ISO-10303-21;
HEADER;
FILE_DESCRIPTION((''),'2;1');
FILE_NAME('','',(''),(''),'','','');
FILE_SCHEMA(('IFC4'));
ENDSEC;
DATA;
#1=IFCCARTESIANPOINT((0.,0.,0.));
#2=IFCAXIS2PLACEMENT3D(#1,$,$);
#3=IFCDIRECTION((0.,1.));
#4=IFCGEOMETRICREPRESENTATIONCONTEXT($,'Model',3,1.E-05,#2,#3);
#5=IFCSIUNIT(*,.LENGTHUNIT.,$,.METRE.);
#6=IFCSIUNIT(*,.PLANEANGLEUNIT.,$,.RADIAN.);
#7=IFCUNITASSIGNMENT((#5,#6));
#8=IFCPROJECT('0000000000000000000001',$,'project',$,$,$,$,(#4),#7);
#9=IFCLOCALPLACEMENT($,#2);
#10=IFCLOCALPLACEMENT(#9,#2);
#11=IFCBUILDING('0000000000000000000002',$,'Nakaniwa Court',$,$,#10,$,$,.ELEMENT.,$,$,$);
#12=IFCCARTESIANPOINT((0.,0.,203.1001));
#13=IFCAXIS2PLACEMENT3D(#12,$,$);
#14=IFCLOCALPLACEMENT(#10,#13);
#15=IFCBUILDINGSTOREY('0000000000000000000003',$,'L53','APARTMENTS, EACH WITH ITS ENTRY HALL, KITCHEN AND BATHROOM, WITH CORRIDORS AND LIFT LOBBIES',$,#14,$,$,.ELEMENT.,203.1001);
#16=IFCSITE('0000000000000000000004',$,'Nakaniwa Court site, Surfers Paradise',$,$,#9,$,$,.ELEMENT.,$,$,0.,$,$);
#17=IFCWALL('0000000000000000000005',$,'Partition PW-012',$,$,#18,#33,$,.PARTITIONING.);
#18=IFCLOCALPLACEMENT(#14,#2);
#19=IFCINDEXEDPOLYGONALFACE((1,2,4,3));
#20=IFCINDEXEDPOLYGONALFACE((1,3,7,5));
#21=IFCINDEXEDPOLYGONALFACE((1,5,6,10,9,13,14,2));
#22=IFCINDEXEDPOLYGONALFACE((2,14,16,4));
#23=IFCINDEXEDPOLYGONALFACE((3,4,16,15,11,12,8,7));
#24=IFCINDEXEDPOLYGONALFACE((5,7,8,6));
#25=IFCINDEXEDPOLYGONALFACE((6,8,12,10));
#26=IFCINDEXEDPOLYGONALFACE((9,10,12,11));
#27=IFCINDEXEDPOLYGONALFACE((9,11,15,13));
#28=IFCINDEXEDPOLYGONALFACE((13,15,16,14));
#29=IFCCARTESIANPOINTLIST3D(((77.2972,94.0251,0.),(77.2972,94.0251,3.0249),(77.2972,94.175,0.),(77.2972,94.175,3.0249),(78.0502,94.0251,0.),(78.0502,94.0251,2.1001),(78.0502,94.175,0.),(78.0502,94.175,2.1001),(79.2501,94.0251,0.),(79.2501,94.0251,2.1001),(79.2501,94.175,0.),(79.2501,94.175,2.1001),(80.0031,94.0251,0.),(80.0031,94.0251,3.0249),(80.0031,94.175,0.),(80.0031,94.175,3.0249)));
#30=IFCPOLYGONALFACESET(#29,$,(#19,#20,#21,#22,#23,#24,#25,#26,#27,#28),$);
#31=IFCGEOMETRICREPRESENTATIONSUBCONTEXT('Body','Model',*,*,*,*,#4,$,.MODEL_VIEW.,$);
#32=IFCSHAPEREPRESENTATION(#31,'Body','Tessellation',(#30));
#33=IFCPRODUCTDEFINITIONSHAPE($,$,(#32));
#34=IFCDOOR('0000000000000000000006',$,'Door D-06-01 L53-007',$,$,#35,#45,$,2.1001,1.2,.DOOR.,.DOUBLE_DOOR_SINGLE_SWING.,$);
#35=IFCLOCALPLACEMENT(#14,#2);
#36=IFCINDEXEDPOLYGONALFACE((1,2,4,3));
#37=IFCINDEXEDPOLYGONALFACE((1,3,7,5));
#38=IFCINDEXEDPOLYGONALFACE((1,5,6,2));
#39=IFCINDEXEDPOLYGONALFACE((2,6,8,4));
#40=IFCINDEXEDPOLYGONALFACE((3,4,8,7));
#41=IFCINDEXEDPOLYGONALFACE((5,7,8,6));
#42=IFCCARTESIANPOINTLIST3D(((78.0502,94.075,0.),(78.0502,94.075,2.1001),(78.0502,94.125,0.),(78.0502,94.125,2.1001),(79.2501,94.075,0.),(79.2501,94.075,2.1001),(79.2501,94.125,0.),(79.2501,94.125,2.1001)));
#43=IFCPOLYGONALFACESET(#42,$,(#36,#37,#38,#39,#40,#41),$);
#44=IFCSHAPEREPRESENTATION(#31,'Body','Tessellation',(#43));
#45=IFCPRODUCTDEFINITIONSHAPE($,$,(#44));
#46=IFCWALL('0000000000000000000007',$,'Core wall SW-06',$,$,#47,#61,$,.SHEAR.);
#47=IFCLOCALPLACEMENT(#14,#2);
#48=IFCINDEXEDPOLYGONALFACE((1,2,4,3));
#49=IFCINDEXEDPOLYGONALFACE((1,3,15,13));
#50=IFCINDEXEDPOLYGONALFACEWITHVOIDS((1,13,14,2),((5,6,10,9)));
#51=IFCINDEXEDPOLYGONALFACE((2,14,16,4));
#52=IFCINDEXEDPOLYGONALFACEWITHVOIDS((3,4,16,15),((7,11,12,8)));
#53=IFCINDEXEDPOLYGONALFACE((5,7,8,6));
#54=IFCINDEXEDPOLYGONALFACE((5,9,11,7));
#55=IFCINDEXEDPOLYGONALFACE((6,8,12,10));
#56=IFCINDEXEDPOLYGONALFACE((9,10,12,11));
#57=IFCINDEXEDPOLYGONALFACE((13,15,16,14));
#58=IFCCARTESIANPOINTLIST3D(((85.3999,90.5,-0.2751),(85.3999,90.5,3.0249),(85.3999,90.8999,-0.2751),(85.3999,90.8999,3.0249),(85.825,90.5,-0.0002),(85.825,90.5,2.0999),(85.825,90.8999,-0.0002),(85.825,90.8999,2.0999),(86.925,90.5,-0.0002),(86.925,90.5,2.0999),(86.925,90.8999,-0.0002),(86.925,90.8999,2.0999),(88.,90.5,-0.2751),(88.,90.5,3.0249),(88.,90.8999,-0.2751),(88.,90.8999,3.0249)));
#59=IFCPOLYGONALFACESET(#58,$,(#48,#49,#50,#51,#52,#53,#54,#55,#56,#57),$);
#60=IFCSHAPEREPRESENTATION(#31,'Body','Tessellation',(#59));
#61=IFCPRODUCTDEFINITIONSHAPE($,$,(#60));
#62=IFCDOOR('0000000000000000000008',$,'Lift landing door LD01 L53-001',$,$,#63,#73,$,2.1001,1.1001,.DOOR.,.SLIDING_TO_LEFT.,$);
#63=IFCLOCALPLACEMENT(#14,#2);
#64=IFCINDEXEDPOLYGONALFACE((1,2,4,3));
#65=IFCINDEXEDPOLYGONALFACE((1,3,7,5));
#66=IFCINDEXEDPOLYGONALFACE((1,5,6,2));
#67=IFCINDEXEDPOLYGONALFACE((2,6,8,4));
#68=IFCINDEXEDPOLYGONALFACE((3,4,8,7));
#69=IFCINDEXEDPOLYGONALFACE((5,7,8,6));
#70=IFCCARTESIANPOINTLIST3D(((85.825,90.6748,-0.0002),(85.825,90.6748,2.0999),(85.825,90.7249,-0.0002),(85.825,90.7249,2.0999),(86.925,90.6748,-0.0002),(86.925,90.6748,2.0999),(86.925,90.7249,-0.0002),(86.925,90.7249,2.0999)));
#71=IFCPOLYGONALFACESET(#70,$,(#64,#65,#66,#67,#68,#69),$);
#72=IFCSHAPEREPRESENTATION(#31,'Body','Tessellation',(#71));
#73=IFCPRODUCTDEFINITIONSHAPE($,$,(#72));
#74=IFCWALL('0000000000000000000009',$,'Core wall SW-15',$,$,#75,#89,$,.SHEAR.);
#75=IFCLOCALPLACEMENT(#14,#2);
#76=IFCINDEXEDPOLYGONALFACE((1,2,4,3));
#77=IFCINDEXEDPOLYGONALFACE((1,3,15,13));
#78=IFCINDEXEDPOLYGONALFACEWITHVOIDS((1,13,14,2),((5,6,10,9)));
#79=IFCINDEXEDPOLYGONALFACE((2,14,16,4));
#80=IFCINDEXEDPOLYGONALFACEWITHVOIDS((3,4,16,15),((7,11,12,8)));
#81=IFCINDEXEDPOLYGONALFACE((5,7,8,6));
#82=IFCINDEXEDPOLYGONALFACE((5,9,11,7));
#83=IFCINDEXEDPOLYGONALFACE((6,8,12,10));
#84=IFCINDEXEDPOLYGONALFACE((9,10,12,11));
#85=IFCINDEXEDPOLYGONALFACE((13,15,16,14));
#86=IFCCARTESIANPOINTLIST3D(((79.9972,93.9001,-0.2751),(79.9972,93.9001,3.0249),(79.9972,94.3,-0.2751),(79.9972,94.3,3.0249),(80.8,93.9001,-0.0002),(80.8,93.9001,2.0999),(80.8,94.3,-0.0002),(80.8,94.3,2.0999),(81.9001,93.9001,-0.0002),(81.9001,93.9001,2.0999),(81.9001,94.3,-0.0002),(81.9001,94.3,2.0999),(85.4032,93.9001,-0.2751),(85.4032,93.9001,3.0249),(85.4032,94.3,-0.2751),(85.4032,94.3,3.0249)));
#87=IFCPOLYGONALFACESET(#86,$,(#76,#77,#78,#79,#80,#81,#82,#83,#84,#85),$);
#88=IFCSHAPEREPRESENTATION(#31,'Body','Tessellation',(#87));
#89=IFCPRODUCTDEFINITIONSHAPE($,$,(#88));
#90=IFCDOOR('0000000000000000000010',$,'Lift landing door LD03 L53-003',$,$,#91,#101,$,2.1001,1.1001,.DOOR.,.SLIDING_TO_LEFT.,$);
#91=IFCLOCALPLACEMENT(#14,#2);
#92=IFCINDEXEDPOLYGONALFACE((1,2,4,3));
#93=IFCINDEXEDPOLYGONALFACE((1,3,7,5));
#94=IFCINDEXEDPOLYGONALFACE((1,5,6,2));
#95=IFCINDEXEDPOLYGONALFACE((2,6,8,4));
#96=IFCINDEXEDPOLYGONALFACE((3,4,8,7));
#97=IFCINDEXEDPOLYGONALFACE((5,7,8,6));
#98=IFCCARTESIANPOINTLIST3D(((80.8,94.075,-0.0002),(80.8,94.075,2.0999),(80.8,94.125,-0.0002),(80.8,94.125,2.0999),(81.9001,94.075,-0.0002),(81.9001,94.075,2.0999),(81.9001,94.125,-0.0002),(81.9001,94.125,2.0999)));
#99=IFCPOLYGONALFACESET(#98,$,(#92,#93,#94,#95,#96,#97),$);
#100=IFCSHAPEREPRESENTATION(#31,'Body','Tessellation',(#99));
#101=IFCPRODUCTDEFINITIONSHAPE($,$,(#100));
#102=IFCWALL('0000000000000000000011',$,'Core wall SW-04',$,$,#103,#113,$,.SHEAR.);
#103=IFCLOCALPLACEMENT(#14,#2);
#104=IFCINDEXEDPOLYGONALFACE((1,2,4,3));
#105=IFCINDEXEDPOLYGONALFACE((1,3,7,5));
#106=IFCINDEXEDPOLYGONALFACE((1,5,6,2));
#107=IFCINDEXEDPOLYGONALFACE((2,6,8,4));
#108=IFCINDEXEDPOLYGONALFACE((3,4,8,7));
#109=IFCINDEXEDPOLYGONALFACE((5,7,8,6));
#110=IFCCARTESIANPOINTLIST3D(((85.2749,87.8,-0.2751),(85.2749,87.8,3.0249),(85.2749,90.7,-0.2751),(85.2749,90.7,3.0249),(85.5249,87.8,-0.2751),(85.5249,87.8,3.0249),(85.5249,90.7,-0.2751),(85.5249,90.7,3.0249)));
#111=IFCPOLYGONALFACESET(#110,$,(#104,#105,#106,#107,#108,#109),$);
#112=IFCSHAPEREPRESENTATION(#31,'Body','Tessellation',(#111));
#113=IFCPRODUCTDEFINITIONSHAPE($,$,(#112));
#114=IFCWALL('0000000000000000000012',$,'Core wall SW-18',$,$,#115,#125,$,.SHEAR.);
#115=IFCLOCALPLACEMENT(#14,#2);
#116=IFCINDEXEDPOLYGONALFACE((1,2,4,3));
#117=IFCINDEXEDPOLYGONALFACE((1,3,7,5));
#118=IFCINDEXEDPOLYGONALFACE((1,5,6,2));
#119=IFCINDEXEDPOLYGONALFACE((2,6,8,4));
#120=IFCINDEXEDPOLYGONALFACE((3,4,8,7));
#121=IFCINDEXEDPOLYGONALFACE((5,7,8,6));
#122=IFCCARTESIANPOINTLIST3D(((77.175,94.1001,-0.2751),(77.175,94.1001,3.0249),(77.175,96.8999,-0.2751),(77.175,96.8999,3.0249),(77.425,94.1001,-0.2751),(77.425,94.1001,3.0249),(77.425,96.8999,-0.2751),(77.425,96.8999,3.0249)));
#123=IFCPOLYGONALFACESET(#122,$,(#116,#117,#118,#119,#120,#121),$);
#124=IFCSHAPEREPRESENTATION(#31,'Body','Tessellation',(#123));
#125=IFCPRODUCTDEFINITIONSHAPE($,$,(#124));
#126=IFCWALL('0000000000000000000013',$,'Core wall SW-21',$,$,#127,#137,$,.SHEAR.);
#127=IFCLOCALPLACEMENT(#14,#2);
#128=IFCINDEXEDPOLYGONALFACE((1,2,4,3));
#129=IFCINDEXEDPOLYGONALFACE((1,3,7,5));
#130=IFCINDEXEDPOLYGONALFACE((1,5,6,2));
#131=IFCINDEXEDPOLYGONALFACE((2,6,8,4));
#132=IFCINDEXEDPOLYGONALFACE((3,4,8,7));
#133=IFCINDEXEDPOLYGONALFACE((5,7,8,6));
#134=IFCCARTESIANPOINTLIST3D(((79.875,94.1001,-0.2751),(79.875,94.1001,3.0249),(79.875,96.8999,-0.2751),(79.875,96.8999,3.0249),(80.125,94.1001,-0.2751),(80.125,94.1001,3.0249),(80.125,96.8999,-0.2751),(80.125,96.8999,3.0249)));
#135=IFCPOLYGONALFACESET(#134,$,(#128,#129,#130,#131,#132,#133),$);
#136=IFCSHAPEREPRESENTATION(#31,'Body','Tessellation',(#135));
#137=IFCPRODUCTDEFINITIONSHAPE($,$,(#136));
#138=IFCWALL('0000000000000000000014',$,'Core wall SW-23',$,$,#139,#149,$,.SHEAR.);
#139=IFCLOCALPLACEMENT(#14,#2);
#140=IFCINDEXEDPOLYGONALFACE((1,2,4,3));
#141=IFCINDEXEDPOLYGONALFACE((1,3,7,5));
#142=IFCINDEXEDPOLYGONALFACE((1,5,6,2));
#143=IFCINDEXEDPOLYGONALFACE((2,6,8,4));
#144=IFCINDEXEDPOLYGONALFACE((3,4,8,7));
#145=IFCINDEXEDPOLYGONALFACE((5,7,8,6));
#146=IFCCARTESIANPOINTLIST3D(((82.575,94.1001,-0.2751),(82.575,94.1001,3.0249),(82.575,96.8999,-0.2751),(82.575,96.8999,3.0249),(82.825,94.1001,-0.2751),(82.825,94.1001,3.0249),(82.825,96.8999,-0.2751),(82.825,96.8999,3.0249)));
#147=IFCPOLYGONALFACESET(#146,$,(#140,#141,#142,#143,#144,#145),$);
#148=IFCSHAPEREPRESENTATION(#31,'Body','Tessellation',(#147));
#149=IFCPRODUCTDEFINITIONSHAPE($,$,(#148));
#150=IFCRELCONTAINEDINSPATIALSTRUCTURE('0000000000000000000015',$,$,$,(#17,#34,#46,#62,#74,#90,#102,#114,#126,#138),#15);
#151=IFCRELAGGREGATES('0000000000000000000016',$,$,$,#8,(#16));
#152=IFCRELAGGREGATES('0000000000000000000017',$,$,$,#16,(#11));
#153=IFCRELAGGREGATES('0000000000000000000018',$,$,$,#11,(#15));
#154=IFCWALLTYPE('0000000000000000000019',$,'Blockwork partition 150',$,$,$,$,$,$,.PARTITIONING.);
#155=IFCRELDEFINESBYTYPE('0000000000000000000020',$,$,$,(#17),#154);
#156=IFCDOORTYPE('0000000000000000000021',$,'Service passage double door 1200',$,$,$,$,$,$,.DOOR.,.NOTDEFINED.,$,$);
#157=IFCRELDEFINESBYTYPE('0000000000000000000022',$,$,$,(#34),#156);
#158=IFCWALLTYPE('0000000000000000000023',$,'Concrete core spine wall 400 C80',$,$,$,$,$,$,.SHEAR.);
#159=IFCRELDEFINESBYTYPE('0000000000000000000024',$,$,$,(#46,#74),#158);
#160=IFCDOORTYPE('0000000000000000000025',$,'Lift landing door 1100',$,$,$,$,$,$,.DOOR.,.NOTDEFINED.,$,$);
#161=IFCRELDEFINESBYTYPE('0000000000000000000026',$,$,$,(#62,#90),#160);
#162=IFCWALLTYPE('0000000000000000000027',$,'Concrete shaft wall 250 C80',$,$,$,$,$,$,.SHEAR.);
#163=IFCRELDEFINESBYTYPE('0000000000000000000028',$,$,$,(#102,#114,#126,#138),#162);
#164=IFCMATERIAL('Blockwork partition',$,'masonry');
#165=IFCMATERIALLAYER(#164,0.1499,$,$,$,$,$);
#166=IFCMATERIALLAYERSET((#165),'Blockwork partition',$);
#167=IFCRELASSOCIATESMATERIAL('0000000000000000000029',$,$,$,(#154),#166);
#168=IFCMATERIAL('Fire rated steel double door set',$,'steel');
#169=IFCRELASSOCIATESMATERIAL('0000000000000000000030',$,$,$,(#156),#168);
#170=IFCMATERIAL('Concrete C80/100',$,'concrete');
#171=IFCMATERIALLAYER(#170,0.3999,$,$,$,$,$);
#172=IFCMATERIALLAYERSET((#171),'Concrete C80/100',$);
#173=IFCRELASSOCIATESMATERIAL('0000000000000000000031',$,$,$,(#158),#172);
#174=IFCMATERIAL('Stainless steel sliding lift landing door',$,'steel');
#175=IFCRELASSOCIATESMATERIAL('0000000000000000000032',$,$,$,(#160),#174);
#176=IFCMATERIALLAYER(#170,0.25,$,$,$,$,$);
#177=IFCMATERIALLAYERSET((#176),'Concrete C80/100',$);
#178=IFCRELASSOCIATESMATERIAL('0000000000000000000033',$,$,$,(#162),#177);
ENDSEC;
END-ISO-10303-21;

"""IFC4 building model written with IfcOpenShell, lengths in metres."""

from ifc_helpers import new_model, si_unit, direction, frame, frame_2d, origin, place, context, subcontext, project, spatial, rectangle, extrude, material, layer, layer_set, type_object, element, fill, save


model = new_model("IFC4")

# Units and contexts
model_context = context("Model", 3, precision=1e-05, world=origin(), true_north=direction((0.0, 1.0)))
body_context = subcontext(model_context, "Body", "Model", "MODEL_VIEW")
ifc_project = project(units=[si_unit("LENGTHUNIT", "METRE"), si_unit("PLANEANGLEUNIT", "RADIAN")], contexts=[model_context])

# Site, building, storey
site_placement = place(None, origin())
site = spatial("IfcSite", under=ifc_project, at=site_placement, Name="Nakaniwa Court site, Surfers Paradise", CompositionType="ELEMENT", RefElevation=0.0)
building_placement = place(site_placement, origin())
building = spatial("IfcBuilding", under=site, at=building_placement, Name="Nakaniwa Court", CompositionType="ELEMENT")
storey_placement = place(building_placement, frame((0.0, 0.0, 203.1001)))
storey = spatial("IfcBuildingStorey", under=building, at=storey_placement, Name="L53", Description="APARTMENTS, EACH WITH ITS ENTRY HALL, KITCHEN AND BATHROOM, WITH CORRIDORS AND LIFT LOBBIES", CompositionType="ELEMENT", Elevation=203.1001)

# Shared definitions
ifc_material_1 = material(Name="Blockwork partition", Category="masonry")
ifc_layer_1 = layer(ifc_material_1, 0.1499)
ifc_layer_set_1 = layer_set([ifc_layer_1], Name="Blockwork partition")
wall_type_1 = type_object("IfcWallType", Name="Blockwork partition 150", PredefinedType="PARTITIONING", material=ifc_layer_set_1)

# Walls, openings, doors
wall_1_placement = place(storey_placement, frame((77.2971, 94.1001, 0.0), z_axis=(0.0, 0.0, 1.0), x_axis=(1.0, 0.0, 0.0)))
wall_1 = element("IfcWall", 1, at=wall_1_placement, inside=storey, type_object=wall_type_1, Name="Partition PW-012", PredefinedType="PARTITIONING", context=body_context, shape_type="SweptSolid", body=[
    extrude(rectangle(XDim=2.7058, YDim=0.1499, at=frame_2d((1.353, 0.0))), origin(), (0.0, 0.0, 1.0), 3.0249),
])
opening_1_placement = place(wall_1_placement, frame((0.7529, 0.0, 0.0)))
opening_1 = element("IfcOpeningElement", 2, at=opening_1_placement, cuts=wall_1, PredefinedType="OPENING", context=body_context, shape_type="SweptSolid", body=[
    extrude(rectangle(XDim=1.2, YDim=2.1001, at=frame_2d((0.6001, 1.05))), frame((0.0, 0.085, 0.0), z_axis=(0.0, -1.0, 0.0), x_axis=(1.0, 0.0, 0.0)), (0.0, 0.0, 1.0), 0.1699),
])
ifc_material_2 = material(Name="Fire rated steel double door set", Category="steel")
door_type_1 = type_object("IfcDoorType", Name="Service passage double door 1200", OperationType="NOTDEFINED", PredefinedType="DOOR", material=ifc_material_2)
door_1_placement = place(opening_1_placement, origin())
door_1 = element("IfcDoor", 3, at=door_1_placement, inside=storey, type_object=door_type_1, Name="Door D-06-01 L53-007", OperationType="DOUBLE_DOOR_SINGLE_SWING", OverallHeight=2.1001, OverallWidth=1.2, PredefinedType="DOOR", context=body_context, shape_type="SweptSolid", body=[
    extrude(rectangle(XDim=1.2, YDim=2.1001, at=frame_2d((0.6001, 1.05))), frame((0.0, 0.0249, 0.0), z_axis=(0.0, -1.0, 0.0), x_axis=(1.0, 0.0, 0.0)), (0.0, 0.0, 1.0), 0.05),
])
fill(opening_1, door_1)
ifc_material_3 = material(Name="Concrete C80/100", Category="concrete")
ifc_layer_2 = layer(ifc_material_3, 0.3999)
ifc_layer_set_2 = layer_set([ifc_layer_2], Name="Concrete C80/100")
wall_type_2 = type_object("IfcWallType", Name="Concrete core spine wall 400 C80", PredefinedType="SHEAR", material=ifc_layer_set_2)
wall_2_placement = place(storey_placement, frame((85.3999, 90.7, -0.2751), z_axis=(0.0, 0.0, 1.0), x_axis=(1.0, 0.0, 0.0)))
wall_2 = element("IfcWall", 4, at=wall_2_placement, inside=storey, type_object=wall_type_2, Name="Core wall SW-06", PredefinedType="SHEAR", context=body_context, shape_type="SweptSolid", body=[
    extrude(rectangle(XDim=2.6001, YDim=0.3999, at=frame_2d((1.3, 0.0))), origin(), (0.0, 0.0, 1.0), 3.3),
])
opening_2_placement = place(wall_2_placement, frame((0.425, 0.0, 0.2749)))
opening_2 = element("IfcOpeningElement", 5, at=opening_2_placement, cuts=wall_2, PredefinedType="OPENING", context=body_context, shape_type="SweptSolid", body=[
    extrude(rectangle(XDim=1.1001, YDim=2.1001, at=frame_2d((0.55, 1.05))), frame((0.0, 0.21, 0.0), z_axis=(0.0, -1.0, 0.0), x_axis=(1.0, 0.0, 0.0)), (0.0, 0.0, 1.0), 0.4199),
])
ifc_material_4 = material(Name="Stainless steel sliding lift landing door", Category="steel")
door_type_2 = type_object("IfcDoorType", Name="Lift landing door 1100", OperationType="NOTDEFINED", PredefinedType="DOOR", material=ifc_material_4)
door_2_placement = place(opening_2_placement, origin())
door_2 = element("IfcDoor", 6, at=door_2_placement, inside=storey, type_object=door_type_2, Name="Lift landing door LD01 L53-001", OperationType="SLIDING_TO_LEFT", OverallHeight=2.1001, OverallWidth=1.1001, PredefinedType="DOOR", context=body_context, shape_type="SweptSolid", body=[
    extrude(rectangle(XDim=1.1001, YDim=2.1001, at=frame_2d((0.55, 1.05))), frame((0.0, 0.0249, 0.0), z_axis=(0.0, -1.0, 0.0), x_axis=(1.0, 0.0, 0.0)), (0.0, 0.0, 1.0), 0.05),
])
fill(opening_2, door_2)
wall_3_placement = place(storey_placement, frame((79.9971, 94.1001, -0.2751), z_axis=(0.0, 0.0, 1.0), x_axis=(1.0, 0.0, 0.0)))
wall_3 = element("IfcWall", 7, at=wall_3_placement, inside=storey, type_object=wall_type_2, Name="Core wall SW-15", PredefinedType="SHEAR", context=body_context, shape_type="SweptSolid", body=[
    extrude(rectangle(XDim=5.406, YDim=0.3999, at=frame_2d((2.7031, 0.0))), origin(), (0.0, 0.0, 1.0), 3.3),
])
opening_3_placement = place(wall_3_placement, frame((0.803, 0.0, 0.2749)))
opening_3 = element("IfcOpeningElement", 8, at=opening_3_placement, cuts=wall_3, PredefinedType="OPENING", context=body_context, shape_type="SweptSolid", body=[
    extrude(rectangle(XDim=1.1001, YDim=2.1001, at=frame_2d((0.55, 1.05))), frame((0.0, 0.21, 0.0), z_axis=(0.0, -1.0, 0.0), x_axis=(1.0, 0.0, 0.0)), (0.0, 0.0, 1.0), 0.4199),
])
door_3_placement = place(opening_3_placement, origin())
door_3 = element("IfcDoor", 9, at=door_3_placement, inside=storey, type_object=door_type_2, Name="Lift landing door LD03 L53-003", OperationType="SLIDING_TO_LEFT", OverallHeight=2.1001, OverallWidth=1.1001, PredefinedType="DOOR", context=body_context, shape_type="SweptSolid", body=[
    extrude(rectangle(XDim=1.1001, YDim=2.1001, at=frame_2d((0.55, 1.05))), frame((0.0, 0.0249, 0.0), z_axis=(0.0, -1.0, 0.0), x_axis=(1.0, 0.0, 0.0)), (0.0, 0.0, 1.0), 0.05),
])
fill(opening_3, door_3)

# Walls
ifc_layer_3 = layer(ifc_material_3, 0.25)
ifc_layer_set_3 = layer_set([ifc_layer_3], Name="Concrete C80/100")
wall_type_3 = type_object("IfcWallType", Name="Concrete shaft wall 250 C80", PredefinedType="SHEAR", material=ifc_layer_set_3)
wall_4_placement = place(storey_placement, frame((85.3999, 87.8, -0.2751), z_axis=(0.0, 0.0, 1.0), x_axis=(0.0, 1.0, 0.0)))
element("IfcWall", 10, at=wall_4_placement, inside=storey, type_object=wall_type_3, Name="Core wall SW-04", PredefinedType="SHEAR", context=body_context, shape_type="SweptSolid", body=[
    extrude(rectangle(XDim=2.8999, YDim=0.25, at=frame_2d((1.45, 0.0))), origin(), (0.0, 0.0, 1.0), 3.3),
])
for number, where, z_axis, x_axis, name in (
    (11, (77.3, 94.1001, -0.2751), (0.0, 0.0, 1.0), (0.0, 1.0, 0.0), "Core wall SW-18"),
    (12, (80.0, 94.1001, -0.2751), (0.0, 0.0, 1.0), (0.0, 1.0, 0.0), "Core wall SW-21"),
    (13, (82.7, 94.1001, -0.2751), (0.0, 0.0, 1.0), (0.0, 1.0, 0.0), "Core wall SW-23"),
):
    element("IfcWall", number, at=place(storey_placement, frame(where, z_axis=z_axis, x_axis=x_axis)), inside=storey, type_object=wall_type_3, Name=name, PredefinedType="SHEAR", context=body_context, shape_type="SweptSolid", body=[
        extrude(rectangle(XDim=2.7998, YDim=0.25, at=frame_2d((1.3999, 0.0))), origin(), (0.0, 0.0, 1.0), 3.3),
    ])

save(model, "model.ifc")
